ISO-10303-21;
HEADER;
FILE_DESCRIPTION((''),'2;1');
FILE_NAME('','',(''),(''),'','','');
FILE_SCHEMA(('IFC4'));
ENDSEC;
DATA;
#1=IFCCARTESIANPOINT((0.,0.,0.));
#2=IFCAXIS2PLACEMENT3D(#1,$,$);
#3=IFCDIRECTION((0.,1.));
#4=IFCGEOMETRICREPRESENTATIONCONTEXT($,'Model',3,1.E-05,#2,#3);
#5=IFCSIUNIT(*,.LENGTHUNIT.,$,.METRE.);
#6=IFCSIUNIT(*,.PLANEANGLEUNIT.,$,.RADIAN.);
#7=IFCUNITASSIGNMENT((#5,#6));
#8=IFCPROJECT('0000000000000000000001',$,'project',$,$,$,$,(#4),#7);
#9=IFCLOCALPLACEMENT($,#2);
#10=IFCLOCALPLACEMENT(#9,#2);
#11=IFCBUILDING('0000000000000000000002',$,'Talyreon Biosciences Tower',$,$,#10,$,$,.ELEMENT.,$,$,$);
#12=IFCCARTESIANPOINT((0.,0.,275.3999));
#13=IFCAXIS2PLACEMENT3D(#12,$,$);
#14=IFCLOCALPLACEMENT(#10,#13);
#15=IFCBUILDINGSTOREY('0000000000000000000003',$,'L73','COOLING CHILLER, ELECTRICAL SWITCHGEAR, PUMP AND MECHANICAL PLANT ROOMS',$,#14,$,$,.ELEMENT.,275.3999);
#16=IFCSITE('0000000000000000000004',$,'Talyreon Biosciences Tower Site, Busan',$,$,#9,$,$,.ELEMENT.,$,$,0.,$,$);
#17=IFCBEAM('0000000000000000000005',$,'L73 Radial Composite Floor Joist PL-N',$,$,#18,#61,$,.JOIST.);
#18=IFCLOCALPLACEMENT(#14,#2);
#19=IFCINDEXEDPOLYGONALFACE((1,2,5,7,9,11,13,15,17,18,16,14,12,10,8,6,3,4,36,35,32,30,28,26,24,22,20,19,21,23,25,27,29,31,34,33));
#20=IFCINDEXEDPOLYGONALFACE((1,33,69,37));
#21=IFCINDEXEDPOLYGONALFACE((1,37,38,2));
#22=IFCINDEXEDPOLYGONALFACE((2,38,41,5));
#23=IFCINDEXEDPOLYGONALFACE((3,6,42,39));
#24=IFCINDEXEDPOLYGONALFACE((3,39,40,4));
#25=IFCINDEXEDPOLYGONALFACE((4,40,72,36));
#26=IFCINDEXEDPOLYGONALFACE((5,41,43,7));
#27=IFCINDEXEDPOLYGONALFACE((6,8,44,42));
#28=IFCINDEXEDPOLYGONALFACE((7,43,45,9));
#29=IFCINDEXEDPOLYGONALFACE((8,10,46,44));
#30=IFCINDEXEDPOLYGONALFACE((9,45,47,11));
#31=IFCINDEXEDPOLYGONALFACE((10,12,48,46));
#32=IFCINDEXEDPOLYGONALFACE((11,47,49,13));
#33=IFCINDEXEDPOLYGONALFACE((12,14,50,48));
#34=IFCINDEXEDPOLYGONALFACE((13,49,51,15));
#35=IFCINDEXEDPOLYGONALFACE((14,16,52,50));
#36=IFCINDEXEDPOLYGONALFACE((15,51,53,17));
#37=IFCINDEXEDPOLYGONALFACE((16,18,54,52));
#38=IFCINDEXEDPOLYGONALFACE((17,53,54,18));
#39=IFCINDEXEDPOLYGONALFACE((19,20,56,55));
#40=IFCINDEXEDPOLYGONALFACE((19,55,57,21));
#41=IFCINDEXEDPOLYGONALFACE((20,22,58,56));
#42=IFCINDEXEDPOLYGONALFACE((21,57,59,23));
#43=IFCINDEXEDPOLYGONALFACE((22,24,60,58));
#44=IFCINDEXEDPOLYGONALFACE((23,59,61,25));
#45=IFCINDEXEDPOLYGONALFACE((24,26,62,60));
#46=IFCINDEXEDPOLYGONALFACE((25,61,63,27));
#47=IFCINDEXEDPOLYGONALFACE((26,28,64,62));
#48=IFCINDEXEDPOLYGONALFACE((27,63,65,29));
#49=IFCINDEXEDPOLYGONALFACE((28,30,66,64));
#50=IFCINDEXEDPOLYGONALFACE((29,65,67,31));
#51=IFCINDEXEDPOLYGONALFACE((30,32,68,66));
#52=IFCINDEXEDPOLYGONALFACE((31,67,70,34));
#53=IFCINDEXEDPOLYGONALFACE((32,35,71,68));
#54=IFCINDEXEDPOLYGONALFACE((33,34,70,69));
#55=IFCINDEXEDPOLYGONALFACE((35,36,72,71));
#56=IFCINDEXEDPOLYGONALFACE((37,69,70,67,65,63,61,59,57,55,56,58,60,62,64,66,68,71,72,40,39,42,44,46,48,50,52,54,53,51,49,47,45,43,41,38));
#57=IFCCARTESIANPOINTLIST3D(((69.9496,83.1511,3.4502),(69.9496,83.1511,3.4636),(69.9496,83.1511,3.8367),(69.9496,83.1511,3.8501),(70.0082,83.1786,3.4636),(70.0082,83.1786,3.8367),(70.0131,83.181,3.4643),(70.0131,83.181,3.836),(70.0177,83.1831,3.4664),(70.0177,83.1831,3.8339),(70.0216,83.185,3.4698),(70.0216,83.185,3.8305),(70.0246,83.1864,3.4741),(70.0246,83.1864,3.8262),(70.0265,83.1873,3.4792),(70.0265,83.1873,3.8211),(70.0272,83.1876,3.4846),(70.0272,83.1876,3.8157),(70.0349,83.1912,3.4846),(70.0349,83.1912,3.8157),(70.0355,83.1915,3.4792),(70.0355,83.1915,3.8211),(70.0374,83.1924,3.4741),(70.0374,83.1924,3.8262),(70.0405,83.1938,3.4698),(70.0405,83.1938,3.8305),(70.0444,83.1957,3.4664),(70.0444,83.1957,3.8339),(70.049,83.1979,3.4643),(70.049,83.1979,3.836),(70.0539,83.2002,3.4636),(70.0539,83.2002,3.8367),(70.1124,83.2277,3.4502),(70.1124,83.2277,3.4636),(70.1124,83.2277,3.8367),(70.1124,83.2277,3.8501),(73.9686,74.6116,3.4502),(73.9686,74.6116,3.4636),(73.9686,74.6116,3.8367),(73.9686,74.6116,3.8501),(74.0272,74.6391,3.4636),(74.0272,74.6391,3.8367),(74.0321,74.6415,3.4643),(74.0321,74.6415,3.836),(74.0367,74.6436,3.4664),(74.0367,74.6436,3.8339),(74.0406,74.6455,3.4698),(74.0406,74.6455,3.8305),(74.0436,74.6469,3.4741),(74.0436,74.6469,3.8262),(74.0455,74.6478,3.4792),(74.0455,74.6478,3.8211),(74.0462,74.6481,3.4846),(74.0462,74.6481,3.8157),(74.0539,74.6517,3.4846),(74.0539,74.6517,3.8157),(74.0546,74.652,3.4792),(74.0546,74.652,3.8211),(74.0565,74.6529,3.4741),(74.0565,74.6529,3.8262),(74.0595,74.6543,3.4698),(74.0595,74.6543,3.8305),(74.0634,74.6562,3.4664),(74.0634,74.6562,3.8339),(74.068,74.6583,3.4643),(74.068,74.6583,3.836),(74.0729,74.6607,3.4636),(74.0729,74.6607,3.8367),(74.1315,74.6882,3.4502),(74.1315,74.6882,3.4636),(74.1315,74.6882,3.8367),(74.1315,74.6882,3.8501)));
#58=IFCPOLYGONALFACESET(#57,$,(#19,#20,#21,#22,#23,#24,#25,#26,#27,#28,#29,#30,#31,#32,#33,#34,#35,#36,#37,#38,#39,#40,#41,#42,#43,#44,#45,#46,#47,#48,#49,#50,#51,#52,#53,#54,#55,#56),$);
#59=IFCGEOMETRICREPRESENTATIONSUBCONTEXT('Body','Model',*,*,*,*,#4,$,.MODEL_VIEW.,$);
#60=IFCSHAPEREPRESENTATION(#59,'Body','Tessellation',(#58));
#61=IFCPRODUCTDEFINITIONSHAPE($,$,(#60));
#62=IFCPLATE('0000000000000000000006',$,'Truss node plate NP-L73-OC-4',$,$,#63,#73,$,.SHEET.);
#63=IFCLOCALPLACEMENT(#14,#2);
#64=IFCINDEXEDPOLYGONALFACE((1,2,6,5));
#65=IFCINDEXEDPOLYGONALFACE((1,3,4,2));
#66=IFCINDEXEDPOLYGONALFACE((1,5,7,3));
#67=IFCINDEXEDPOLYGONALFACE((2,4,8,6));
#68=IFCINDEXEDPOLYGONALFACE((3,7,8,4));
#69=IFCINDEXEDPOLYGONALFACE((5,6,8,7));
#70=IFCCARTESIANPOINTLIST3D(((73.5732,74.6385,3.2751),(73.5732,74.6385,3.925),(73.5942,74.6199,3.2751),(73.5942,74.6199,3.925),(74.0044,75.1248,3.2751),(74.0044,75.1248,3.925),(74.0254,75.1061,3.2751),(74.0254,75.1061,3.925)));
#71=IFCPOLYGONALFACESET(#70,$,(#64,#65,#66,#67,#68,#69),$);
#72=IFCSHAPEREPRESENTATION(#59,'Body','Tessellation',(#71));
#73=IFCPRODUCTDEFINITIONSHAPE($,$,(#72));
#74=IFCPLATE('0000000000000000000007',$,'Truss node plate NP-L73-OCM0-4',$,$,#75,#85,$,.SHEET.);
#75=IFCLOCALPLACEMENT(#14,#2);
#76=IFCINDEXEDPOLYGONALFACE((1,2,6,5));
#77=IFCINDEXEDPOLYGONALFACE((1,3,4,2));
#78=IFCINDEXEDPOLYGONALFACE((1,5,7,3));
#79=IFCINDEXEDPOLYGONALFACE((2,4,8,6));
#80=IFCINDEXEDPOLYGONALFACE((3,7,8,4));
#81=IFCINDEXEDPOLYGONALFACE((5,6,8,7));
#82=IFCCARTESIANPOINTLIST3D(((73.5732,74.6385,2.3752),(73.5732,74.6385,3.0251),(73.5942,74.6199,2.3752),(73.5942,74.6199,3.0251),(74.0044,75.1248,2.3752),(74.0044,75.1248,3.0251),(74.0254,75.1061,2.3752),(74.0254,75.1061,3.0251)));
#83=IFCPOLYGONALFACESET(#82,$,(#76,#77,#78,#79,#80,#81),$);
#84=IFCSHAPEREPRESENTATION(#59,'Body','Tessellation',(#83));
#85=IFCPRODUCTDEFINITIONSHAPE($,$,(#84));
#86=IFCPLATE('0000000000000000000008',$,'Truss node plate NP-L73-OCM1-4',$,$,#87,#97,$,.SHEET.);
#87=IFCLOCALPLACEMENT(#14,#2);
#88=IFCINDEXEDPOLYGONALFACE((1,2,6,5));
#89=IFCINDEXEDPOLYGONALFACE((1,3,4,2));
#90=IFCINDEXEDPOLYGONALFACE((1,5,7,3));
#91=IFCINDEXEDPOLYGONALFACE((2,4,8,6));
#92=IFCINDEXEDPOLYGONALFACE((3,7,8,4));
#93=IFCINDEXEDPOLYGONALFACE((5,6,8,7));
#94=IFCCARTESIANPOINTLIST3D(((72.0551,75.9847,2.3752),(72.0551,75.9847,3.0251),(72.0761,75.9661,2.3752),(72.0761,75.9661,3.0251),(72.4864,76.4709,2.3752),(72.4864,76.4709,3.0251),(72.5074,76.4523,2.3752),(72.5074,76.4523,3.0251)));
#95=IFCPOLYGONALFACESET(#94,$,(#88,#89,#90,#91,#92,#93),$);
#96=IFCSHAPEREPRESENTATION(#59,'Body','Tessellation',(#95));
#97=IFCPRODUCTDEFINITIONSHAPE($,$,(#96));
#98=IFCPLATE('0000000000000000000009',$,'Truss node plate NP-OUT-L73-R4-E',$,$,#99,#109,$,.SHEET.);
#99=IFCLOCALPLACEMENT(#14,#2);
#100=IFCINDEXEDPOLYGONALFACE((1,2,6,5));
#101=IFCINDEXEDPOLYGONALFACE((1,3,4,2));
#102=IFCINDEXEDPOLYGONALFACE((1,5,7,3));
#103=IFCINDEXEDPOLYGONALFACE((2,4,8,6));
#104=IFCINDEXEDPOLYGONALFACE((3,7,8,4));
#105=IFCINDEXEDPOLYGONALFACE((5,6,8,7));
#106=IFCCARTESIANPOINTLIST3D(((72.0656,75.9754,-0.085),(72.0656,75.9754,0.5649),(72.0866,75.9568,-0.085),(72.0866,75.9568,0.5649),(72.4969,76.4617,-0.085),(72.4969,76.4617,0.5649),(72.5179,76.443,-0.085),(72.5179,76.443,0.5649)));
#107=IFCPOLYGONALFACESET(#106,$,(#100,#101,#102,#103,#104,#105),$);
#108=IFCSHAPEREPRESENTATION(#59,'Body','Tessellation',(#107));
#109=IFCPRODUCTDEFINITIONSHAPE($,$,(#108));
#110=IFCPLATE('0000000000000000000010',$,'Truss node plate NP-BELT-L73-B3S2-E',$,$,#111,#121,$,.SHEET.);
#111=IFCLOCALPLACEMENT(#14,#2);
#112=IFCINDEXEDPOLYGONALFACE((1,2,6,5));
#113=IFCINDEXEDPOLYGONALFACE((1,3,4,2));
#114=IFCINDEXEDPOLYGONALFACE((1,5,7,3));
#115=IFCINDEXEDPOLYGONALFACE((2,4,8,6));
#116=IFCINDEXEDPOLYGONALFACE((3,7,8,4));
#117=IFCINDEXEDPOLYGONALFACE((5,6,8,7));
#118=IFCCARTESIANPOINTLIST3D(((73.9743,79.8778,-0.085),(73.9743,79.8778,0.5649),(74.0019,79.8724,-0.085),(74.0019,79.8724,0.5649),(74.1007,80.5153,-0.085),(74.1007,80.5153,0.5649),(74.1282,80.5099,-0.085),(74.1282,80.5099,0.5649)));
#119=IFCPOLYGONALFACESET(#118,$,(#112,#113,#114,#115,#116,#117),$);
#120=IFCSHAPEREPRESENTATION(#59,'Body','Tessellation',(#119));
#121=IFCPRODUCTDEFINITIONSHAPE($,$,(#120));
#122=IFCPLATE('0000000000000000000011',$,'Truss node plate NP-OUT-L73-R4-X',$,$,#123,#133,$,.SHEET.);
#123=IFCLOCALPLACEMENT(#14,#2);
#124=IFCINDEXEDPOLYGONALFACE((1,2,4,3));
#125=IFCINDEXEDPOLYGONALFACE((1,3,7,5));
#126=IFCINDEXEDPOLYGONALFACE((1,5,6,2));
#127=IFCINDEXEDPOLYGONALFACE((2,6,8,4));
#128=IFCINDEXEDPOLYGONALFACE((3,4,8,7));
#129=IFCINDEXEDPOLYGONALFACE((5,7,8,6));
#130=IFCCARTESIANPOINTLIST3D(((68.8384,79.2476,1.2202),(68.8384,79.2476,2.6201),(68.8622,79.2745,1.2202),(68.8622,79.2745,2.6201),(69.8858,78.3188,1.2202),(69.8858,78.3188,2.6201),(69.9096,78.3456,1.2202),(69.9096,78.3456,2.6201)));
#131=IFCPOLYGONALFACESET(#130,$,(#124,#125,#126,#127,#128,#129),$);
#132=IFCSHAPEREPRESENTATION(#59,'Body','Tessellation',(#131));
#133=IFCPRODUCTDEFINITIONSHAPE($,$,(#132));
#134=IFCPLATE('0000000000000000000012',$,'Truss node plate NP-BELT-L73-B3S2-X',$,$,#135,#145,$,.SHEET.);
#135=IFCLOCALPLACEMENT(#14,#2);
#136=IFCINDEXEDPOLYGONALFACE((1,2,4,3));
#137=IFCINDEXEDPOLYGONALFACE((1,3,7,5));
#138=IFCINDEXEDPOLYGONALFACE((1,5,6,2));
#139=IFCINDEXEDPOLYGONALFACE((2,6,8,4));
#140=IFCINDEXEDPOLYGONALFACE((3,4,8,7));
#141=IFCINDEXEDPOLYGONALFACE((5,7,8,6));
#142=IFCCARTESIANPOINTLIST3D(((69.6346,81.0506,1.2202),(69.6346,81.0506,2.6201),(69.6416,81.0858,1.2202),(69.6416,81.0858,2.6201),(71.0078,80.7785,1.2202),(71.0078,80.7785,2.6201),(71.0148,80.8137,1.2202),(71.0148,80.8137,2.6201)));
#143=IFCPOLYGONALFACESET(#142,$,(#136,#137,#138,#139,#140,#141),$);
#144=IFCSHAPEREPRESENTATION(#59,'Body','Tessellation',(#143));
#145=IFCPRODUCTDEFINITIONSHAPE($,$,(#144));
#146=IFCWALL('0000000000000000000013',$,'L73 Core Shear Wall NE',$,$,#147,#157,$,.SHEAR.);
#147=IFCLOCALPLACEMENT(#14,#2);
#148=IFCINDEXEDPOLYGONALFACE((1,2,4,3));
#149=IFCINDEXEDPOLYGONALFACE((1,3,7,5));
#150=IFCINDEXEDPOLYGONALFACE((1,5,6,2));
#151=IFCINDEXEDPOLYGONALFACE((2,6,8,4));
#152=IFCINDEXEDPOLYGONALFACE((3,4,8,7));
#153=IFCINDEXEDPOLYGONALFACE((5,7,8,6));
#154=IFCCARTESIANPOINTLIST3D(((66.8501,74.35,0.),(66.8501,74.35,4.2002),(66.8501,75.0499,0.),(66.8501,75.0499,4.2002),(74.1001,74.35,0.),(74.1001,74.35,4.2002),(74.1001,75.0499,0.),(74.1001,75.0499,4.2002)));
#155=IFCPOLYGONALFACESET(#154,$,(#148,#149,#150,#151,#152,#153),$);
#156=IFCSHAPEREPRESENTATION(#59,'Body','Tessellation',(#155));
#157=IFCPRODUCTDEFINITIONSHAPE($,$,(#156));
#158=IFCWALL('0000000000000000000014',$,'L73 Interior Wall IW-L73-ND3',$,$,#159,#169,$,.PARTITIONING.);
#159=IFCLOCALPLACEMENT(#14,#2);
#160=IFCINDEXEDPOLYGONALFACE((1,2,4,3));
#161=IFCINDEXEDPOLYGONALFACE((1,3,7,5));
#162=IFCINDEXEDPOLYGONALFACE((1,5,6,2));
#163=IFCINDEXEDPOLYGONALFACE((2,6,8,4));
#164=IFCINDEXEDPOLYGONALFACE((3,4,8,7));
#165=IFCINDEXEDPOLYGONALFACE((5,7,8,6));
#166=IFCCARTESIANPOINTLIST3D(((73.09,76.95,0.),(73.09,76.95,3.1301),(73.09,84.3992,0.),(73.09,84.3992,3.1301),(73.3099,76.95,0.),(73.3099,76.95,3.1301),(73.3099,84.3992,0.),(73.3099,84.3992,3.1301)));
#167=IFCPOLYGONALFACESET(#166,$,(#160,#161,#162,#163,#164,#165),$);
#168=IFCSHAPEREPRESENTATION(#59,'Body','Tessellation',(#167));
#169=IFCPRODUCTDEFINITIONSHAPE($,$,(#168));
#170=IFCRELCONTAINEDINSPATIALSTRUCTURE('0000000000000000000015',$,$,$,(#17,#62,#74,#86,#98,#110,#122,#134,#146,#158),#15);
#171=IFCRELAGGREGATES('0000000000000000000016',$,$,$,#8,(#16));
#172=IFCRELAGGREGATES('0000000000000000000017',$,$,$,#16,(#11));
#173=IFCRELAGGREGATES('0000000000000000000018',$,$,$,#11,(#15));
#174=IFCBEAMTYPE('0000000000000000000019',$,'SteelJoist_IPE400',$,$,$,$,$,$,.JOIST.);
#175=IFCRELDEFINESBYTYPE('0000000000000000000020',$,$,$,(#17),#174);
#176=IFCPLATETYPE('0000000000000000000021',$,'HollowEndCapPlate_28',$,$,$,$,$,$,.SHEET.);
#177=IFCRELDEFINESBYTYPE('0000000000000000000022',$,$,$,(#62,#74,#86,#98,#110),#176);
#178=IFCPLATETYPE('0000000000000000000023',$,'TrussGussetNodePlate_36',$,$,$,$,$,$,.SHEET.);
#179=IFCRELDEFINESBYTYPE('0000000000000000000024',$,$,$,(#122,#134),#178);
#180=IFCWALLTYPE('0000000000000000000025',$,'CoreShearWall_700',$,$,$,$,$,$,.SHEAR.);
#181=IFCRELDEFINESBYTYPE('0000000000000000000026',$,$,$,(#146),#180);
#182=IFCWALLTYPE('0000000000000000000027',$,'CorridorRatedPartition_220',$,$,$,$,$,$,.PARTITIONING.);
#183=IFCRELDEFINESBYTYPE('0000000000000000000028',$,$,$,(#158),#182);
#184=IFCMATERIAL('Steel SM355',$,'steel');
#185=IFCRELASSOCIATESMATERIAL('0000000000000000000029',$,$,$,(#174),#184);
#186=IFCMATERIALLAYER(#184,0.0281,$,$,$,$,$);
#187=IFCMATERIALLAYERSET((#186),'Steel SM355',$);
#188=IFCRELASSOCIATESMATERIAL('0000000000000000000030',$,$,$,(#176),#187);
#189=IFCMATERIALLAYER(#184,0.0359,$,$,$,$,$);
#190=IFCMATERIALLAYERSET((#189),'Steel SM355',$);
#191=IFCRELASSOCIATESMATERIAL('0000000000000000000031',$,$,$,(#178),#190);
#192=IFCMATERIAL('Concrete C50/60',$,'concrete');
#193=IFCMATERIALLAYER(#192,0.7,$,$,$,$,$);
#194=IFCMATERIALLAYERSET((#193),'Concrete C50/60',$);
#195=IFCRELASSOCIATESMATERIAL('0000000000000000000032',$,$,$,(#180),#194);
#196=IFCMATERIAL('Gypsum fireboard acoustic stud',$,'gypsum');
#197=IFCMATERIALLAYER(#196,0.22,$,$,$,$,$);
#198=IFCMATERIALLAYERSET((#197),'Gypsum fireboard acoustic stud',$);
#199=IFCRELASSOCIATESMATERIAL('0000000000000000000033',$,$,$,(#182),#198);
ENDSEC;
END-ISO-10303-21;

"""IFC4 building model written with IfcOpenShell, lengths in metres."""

from ifc_helpers import new_model, si_unit, direction, frame, frame_2d, origin, origin_2d, place, context, subcontext, project, spatial, rectangle, i_section, extrude, material, layer, layer_set, material_profile, profile_set, type_object, element, save


model = new_model("IFC4")

# Units and contexts
model_context = context("Model", 3, precision=1e-05, world=origin(), true_north=direction((0.0, 1.0)))
body_context = subcontext(model_context, "Body", "Model", "MODEL_VIEW")
ifc_project = project(units=[si_unit("LENGTHUNIT", "METRE"), si_unit("PLANEANGLEUNIT", "RADIAN")], contexts=[model_context])

# Site, building, storey
site_placement = place(None, origin())
site = spatial("IfcSite", under=ifc_project, at=site_placement, Name="Talyreon Biosciences Tower Site, Busan", CompositionType="ELEMENT", RefElevation=0.0)
building_placement = place(site_placement, origin())
building = spatial("IfcBuilding", under=site, at=building_placement, Name="Talyreon Biosciences Tower", CompositionType="ELEMENT")
storey_placement = place(building_placement, frame((0.0, 0.0, 275.3999)))
storey = spatial("IfcBuildingStorey", under=building, at=storey_placement, Name="L73", Description="COOLING CHILLER, ELECTRICAL SWITCHGEAR, PUMP AND MECHANICAL PLANT ROOMS", CompositionType="ELEMENT", Elevation=275.3999)

# Shared definitions
ifc_material_1 = material(Name="Steel SM355", Category="steel")

# Beam
ifc_material_profile_1 = material_profile(ifc_material_1, i_section(OverallWidth=0.1799, OverallDepth=0.3999, WebThickness=0.0085, FlangeThickness=0.0134, FilletRadius=0.021, at=origin_2d()), Name="IPE400")
ifc_profile_set_1 = profile_set([ifc_material_profile_1], Name="Steel SM355")
beam_type_1 = type_object("IfcBeamType", Name="SteelJoist_IPE400", PredefinedType="JOIST", material=ifc_profile_set_1)
beam_1_placement = place(storey_placement, frame((74.05, 74.6499, 3.6501), z_axis=(-0.425834, 0.904801, 0.0), x_axis=(-0.904801, -0.425834, 0.0)))
element("IfcBeam", 1, at=beam_1_placement, inside=storey, type_object=beam_type_1, Name="L73 Radial Composite Floor Joist PL-N", PredefinedType="JOIST", context=body_context, shape_type="SweptSolid", body=[
    extrude(i_section(OverallWidth=0.1799, OverallDepth=0.3999, WebThickness=0.0085, FlangeThickness=0.0134, FilletRadius=0.021, at=origin_2d()), origin(), (0.0, 0.0, 1.0), 9.438),
])

# Plates
ifc_layer_1 = layer(ifc_material_1, 0.0281)
ifc_layer_set_1 = layer_set([ifc_layer_1], Name="Steel SM355")
plate_type_1 = type_object("IfcPlateType", Name="HollowEndCapPlate_28", PredefinedType="SHEET", material=ifc_layer_set_1)
for number, where, z_axis, x_axis, name in (
    (2, (73.7993, 74.8723, 3.2751), (0.0, 0.0, 1.0), (-0.663495, -0.74818, 0.0), "Truss node plate NP-L73-OC-4"),
    (3, (73.7993, 74.8723, 2.3752), (0.0, 0.0, 1.0), (-0.663495, -0.74818, 0.0), "Truss node plate NP-L73-OCM0-4"),
    (4, (72.2812, 76.2185, 2.3752), (0.0, 0.0, 1.0), (-0.663495, -0.74818, 0.0), "Truss node plate NP-L73-OCM1-4"),
    (5, (72.2917, 76.2092, -0.085), (0.0, 0.0, 1.0), (-0.663508, -0.748169, 0.0), "Truss node plate NP-OUT-L73-R4-E"),
    (6, (74.0513, 80.1938, -0.085), (0.0, 0.0, 1.0), (-0.194354, -0.980931, 0.0), "Truss node plate NP-BELT-L73-B3S2-E"),
):
    element("IfcPlate", number, at=place(storey_placement, frame(where, z_axis=z_axis, x_axis=x_axis)), inside=storey, type_object=plate_type_1, Name=name, PredefinedType="SHEET", context=body_context, shape_type="SweptSolid", body=[
        extrude(rectangle(XDim=0.6499, YDim=0.0281, at=origin_2d()), origin(), (0.0, 0.0, 1.0), 0.6499),
    ])
ifc_layer_2 = layer(ifc_material_1, 0.0359)
ifc_layer_set_2 = layer_set([ifc_layer_2], Name="Steel SM355")
plate_type_2 = type_object("IfcPlateType", Name="TrussGussetNodePlate_36", PredefinedType="SHEET", material=ifc_layer_set_2)
for number, where, z_axis, x_axis, name in (
    (7, (69.374, 78.7966, 1.2202), (0.0, 0.0, 1.0), (-0.748169, 0.663508, 0.0), "Truss node plate NP-OUT-L73-R4-X"),
    (8, (70.3247, 80.9321, 1.2202), (0.0, 0.0, 1.0), (-0.980931, 0.194354, 0.0), "Truss node plate NP-BELT-L73-B3S2-X"),
):
    element("IfcPlate", number, at=place(storey_placement, frame(where, z_axis=z_axis, x_axis=x_axis)), inside=storey, type_object=plate_type_2, Name=name, PredefinedType="SHEET", context=body_context, shape_type="SweptSolid", body=[
        extrude(rectangle(XDim=1.3999, YDim=0.0359, at=origin_2d()), origin(), (0.0, 0.0, 1.0), 1.3999),
    ])

# Walls
ifc_material_2 = material(Name="Concrete C50/60", Category="concrete")
ifc_layer_3 = layer(ifc_material_2, 0.7)
ifc_layer_set_3 = layer_set([ifc_layer_3], Name="Concrete C50/60")
wall_type_1 = type_object("IfcWallType", Name="CoreShearWall_700", PredefinedType="SHEAR", material=ifc_layer_set_3)
wall_1_placement = place(storey_placement, frame((74.1001, 74.7, 0.0), z_axis=(0.0, 0.0, 1.0), x_axis=(-1.0, 0.0, 0.0)))
element("IfcWall", 9, at=wall_1_placement, inside=storey, type_object=wall_type_1, Name="L73 Core Shear Wall NE", PredefinedType="SHEAR", context=body_context, shape_type="SweptSolid", body=[
    extrude(rectangle(XDim=7.25, YDim=0.7, at=frame_2d((3.625, 0.0))), origin(), (0.0, 0.0, 1.0), 4.2002),
])
ifc_material_3 = material(Name="Gypsum fireboard acoustic stud", Category="gypsum")
ifc_layer_4 = layer(ifc_material_3, 0.22)
ifc_layer_set_4 = layer_set([ifc_layer_4], Name="Gypsum fireboard acoustic stud")
wall_type_2 = type_object("IfcWallType", Name="CorridorRatedPartition_220", PredefinedType="PARTITIONING", material=ifc_layer_set_4)
wall_2_placement = place(storey_placement, frame((73.2, 76.95, 0.0), z_axis=(0.0, 0.0, 1.0), x_axis=(0.0, 1.0, 0.0)))
element("IfcWall", 10, at=wall_2_placement, inside=storey, type_object=wall_type_2, Name="L73 Interior Wall IW-L73-ND3", PredefinedType="PARTITIONING", context=body_context, shape_type="SweptSolid", body=[
    extrude(rectangle(XDim=7.4492, YDim=0.22, at=frame_2d((3.7246, 0.0))), origin(), (0.0, 0.0, 1.0), 3.1301),
])

save(model, "model.ifc")
